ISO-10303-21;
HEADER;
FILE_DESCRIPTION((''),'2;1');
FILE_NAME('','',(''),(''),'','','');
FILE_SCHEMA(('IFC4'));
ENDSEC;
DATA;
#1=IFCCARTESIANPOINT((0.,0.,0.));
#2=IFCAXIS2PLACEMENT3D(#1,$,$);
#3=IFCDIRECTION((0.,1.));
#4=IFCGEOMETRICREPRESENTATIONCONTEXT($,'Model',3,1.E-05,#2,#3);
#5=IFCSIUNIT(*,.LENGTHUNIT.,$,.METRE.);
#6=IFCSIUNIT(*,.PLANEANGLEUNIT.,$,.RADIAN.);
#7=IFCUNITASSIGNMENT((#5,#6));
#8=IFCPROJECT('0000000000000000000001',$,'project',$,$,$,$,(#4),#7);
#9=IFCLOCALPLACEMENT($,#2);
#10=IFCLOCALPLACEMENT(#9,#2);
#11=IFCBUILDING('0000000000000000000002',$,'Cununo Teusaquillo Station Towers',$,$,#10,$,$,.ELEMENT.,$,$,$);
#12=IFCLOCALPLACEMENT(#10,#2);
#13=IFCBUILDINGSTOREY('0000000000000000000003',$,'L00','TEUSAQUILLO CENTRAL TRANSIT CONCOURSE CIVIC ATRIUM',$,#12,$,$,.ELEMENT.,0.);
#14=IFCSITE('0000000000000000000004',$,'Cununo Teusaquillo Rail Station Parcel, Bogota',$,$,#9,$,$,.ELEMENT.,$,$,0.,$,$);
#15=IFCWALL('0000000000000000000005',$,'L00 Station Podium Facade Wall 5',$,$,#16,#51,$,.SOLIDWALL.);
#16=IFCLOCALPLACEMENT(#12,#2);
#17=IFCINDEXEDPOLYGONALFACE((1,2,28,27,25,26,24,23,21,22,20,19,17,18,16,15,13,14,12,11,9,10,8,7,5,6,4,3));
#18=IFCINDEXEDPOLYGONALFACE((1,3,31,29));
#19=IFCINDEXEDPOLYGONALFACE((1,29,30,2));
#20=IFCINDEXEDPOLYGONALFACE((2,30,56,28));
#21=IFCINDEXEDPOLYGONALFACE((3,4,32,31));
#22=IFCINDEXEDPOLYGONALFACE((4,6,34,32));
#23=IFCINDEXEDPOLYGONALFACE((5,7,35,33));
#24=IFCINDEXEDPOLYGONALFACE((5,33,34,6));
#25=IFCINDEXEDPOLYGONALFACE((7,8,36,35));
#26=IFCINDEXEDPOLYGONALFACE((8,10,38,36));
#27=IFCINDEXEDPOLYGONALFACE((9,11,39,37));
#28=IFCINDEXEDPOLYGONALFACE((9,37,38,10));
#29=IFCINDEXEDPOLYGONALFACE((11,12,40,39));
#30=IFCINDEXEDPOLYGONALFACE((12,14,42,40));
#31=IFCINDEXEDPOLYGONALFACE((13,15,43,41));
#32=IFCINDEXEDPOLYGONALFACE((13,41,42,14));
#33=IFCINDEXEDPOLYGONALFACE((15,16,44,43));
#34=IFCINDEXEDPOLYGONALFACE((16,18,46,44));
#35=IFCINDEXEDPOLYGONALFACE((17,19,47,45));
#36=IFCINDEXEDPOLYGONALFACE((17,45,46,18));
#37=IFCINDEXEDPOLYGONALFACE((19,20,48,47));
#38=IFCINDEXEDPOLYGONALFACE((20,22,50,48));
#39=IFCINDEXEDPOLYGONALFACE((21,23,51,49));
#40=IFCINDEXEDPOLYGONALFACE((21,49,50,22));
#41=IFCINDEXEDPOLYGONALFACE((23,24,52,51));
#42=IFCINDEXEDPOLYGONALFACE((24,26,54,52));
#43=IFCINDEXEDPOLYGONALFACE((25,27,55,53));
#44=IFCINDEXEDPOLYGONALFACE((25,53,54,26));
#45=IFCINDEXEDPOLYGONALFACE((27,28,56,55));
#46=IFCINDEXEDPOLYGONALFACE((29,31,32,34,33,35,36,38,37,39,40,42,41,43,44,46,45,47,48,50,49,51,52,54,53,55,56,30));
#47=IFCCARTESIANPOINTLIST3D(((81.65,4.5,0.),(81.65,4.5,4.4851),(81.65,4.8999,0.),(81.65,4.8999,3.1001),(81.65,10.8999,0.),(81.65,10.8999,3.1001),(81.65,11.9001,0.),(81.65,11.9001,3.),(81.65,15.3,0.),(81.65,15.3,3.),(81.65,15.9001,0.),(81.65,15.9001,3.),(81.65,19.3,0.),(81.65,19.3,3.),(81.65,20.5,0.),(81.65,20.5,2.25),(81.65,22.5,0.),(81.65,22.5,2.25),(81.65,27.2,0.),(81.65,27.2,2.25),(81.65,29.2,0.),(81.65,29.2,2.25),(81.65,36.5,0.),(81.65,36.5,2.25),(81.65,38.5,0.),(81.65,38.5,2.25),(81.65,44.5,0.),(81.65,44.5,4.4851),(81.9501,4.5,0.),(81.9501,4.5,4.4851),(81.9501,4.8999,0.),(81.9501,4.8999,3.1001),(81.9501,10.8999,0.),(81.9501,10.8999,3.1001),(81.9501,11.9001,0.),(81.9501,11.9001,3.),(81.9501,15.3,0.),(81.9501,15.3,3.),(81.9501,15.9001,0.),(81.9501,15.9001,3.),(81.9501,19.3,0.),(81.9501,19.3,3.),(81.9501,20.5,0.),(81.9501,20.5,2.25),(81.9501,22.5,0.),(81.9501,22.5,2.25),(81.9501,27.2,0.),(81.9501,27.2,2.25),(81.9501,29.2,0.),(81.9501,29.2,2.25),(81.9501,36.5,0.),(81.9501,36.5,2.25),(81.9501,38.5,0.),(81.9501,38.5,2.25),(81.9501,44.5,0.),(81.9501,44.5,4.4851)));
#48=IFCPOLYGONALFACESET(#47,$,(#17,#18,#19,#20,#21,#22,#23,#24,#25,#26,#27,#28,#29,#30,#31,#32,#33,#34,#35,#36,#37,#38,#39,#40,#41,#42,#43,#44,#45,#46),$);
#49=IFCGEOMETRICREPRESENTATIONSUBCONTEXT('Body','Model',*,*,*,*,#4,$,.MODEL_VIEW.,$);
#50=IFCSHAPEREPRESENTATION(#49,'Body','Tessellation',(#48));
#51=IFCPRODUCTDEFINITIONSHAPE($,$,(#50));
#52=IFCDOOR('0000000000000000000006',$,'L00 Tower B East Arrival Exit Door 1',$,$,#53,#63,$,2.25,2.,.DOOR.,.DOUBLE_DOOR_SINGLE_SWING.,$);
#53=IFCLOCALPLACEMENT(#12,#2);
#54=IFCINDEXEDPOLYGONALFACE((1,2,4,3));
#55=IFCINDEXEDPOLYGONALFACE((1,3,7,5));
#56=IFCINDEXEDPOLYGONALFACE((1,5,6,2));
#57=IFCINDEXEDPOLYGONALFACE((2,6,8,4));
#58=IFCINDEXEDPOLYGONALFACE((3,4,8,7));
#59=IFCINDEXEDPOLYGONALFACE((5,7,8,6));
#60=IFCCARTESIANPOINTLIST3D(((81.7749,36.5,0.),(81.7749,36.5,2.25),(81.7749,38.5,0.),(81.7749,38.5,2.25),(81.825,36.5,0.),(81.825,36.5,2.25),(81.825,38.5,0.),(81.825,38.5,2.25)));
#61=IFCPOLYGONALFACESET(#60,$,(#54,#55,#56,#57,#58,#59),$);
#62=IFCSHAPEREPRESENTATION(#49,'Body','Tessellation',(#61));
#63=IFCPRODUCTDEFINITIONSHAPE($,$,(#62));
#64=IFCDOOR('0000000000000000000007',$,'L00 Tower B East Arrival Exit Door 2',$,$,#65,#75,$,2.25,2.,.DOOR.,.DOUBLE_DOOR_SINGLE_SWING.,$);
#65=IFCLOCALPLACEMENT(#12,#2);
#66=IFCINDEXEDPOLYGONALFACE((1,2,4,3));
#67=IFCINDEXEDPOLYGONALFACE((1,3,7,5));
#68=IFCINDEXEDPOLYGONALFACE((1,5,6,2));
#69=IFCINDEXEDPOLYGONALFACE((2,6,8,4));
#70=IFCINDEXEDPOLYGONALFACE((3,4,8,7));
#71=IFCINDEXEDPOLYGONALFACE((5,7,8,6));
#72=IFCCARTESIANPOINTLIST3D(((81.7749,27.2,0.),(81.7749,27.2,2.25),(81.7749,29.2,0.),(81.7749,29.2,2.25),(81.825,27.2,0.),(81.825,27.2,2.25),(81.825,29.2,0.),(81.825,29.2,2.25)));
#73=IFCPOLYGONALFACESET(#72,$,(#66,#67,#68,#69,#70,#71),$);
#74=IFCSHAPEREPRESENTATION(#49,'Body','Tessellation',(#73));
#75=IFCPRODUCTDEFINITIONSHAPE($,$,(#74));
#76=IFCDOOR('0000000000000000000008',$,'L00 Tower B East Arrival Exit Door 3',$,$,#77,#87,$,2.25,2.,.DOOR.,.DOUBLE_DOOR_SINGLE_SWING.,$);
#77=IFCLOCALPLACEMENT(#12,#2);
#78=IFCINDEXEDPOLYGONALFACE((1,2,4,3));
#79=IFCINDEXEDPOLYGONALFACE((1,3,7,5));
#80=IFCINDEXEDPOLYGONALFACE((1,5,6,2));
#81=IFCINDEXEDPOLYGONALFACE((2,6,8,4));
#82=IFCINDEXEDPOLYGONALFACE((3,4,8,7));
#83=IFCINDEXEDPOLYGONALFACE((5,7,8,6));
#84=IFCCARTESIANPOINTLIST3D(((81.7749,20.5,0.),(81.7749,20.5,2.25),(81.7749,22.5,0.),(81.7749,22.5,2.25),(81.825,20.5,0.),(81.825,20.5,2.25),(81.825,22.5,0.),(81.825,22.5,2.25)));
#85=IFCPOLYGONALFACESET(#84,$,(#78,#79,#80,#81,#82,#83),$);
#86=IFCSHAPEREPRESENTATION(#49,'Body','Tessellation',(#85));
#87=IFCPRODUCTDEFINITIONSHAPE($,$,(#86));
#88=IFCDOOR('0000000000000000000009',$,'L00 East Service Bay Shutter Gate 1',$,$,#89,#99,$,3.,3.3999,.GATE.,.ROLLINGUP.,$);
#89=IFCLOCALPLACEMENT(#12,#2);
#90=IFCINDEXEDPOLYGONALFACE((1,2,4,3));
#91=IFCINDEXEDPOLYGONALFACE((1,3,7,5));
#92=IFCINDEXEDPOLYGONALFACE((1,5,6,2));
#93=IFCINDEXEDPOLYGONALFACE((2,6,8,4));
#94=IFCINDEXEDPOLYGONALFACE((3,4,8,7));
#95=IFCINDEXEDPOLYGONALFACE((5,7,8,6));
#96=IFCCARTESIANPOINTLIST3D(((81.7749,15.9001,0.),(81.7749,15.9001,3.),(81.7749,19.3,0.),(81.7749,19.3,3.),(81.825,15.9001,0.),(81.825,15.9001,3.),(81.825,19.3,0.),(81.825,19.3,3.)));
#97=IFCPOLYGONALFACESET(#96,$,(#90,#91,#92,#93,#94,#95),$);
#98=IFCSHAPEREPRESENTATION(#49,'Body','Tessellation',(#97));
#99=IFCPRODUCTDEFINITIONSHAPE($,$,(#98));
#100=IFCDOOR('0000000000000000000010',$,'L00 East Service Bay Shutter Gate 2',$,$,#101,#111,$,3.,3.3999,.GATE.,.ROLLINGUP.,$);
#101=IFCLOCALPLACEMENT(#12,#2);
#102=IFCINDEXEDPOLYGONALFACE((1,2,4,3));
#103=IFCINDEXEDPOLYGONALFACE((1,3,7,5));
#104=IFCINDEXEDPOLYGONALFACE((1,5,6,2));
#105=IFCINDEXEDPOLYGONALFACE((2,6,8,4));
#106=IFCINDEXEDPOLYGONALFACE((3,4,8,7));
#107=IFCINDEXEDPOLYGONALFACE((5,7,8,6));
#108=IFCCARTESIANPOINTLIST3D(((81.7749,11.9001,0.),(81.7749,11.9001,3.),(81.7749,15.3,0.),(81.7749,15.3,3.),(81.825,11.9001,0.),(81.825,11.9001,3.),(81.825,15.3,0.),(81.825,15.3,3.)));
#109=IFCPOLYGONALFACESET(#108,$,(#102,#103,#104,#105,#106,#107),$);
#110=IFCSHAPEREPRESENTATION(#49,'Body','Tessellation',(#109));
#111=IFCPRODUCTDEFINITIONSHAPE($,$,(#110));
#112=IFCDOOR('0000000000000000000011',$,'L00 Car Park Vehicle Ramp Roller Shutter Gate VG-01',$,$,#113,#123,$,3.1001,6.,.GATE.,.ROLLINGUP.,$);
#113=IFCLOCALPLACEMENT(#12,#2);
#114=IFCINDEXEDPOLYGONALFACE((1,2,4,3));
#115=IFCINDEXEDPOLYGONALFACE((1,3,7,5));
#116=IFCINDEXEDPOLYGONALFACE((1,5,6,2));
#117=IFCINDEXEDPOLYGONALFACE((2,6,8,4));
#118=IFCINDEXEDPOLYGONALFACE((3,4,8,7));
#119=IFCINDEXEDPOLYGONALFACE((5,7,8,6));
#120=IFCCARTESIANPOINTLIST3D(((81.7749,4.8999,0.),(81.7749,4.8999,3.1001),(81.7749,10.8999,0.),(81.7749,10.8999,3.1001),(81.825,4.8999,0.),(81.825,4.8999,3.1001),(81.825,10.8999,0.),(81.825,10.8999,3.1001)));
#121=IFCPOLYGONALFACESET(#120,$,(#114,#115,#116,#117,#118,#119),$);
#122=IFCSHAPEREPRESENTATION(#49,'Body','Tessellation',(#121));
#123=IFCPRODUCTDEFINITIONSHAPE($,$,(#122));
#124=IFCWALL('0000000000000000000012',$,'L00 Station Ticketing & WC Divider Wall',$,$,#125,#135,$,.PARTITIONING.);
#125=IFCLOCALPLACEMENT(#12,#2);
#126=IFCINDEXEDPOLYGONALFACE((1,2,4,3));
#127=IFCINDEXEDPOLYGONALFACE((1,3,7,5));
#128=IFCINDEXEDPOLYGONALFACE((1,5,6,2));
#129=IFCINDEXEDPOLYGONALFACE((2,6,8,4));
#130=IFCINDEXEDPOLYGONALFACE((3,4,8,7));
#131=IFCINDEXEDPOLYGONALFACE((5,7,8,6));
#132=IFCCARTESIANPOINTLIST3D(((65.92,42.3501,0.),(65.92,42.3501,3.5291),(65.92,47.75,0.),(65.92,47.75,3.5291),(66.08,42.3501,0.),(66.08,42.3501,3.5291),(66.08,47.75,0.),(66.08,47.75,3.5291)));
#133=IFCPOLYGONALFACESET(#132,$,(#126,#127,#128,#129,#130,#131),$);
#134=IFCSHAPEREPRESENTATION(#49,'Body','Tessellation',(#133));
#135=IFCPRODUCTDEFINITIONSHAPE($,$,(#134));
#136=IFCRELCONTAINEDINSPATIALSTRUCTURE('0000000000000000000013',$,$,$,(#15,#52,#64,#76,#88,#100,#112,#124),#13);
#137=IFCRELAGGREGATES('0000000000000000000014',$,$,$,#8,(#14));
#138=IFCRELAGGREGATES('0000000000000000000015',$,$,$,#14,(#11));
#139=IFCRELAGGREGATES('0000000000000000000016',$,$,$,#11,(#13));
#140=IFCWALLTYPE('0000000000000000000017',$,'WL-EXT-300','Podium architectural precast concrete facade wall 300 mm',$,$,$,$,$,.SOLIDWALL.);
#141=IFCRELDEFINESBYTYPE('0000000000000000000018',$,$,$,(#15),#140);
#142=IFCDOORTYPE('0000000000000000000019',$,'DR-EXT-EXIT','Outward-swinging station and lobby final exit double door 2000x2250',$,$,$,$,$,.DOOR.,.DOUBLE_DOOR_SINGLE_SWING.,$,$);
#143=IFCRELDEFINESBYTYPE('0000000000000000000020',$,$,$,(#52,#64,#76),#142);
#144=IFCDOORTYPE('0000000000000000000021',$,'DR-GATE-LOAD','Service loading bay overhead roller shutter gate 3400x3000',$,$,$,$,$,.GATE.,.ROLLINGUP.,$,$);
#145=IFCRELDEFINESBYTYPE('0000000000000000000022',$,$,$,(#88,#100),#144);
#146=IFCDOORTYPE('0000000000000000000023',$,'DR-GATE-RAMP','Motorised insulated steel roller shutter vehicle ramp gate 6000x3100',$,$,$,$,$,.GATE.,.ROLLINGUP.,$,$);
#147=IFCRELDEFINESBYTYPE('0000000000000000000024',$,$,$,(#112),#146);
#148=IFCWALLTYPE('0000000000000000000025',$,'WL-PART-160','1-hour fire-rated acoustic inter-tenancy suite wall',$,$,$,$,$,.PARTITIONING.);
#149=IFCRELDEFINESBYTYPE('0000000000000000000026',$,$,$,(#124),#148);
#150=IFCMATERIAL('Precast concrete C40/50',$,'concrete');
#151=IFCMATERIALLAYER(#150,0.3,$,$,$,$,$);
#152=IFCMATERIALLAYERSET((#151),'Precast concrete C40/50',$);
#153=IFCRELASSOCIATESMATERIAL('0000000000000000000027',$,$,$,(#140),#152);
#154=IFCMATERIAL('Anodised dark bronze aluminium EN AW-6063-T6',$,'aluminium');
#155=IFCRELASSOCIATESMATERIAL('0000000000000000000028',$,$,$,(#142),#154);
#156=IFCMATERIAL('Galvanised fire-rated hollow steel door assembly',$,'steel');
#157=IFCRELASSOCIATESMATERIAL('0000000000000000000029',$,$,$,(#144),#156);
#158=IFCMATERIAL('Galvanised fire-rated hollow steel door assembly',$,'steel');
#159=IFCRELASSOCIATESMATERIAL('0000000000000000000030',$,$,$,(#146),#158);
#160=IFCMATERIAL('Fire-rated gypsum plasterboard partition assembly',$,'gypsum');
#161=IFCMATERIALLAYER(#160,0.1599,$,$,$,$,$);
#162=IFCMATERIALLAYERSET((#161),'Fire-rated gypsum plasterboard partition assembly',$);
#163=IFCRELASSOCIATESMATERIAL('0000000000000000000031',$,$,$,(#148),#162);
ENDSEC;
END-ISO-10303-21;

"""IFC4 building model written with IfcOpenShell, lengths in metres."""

from ifc_helpers import new_model, si_unit, direction, frame, frame_2d, origin, place, context, subcontext, project, spatial, rectangle, extrude, source, transform, mapped, material, layer, layer_set, type_object, element, fill, save


model = new_model("IFC4")

# Units and contexts
model_context = context("Model", 3, precision=1e-05, world=origin(), true_north=direction((0.0, 1.0)))
body_context = subcontext(model_context, "Body", "Model", "MODEL_VIEW")
ifc_project = project(units=[si_unit("LENGTHUNIT", "METRE"), si_unit("PLANEANGLEUNIT", "RADIAN")], contexts=[model_context])

# Site, building, storey
site_placement = place(None, origin())
site = spatial("IfcSite", under=ifc_project, at=site_placement, Name="Cununo Teusaquillo Rail Station Parcel, Bogota", CompositionType="ELEMENT", RefElevation=0.0)
building_placement = place(site_placement, origin())
building = spatial("IfcBuilding", under=site, at=building_placement, Name="Cununo Teusaquillo Station Towers", CompositionType="ELEMENT")
storey_placement = place(building_placement, origin())
storey = spatial("IfcBuildingStorey", under=building, at=storey_placement, Name="L00", Description="TEUSAQUILLO CENTRAL TRANSIT CONCOURSE CIVIC ATRIUM", CompositionType="ELEMENT", Elevation=0.0)

# Shared definitions
ifc_material_1 = material(Name="Precast concrete C40/50", Category="concrete")
ifc_layer_1 = layer(ifc_material_1, 0.3)
ifc_layer_set_1 = layer_set([ifc_layer_1], Name="Precast concrete C40/50")
wall_type_1 = type_object("IfcWallType", Name="WL-EXT-300", Description="Podium architectural precast concrete facade wall 300 mm", PredefinedType="SOLIDWALL", material=ifc_layer_set_1)

# Wall, openings, doors
wall_1_placement = place(storey_placement, frame((81.8, 44.5, 0.0), z_axis=(0.0, 0.0, 1.0), x_axis=(0.0, -1.0, 0.0)))
wall_1 = element("IfcWall", 1, at=wall_1_placement, inside=storey, type_object=wall_type_1, Name="L00 Station Podium Facade Wall 5", PredefinedType="SOLIDWALL", context=body_context, shape_type="SweptSolid", body=[
    extrude(rectangle(XDim=40.0, YDim=0.3, at=frame_2d((20.0, 0.0))), origin(), (0.0, 0.0, 1.0), 4.4851),
])
shared_shape_1 = source(origin(), body_context, "Body", "SweptSolid", [
    extrude(rectangle(XDim=6.0, YDim=3.1001, at=frame_2d((3.0, 1.55))), frame((0.0, 0.1599, 0.0), z_axis=(0.0, -1.0, 0.0), x_axis=(1.0, 0.0, 0.0)), (0.0, 0.0, 1.0), 0.3201),
])
opening_1_placement = place(wall_1_placement, frame((33.6001, 0.0, 0.0)))
opening_1 = element("IfcOpeningElement", 2, at=opening_1_placement, cuts=wall_1, PredefinedType="OPENING", context=body_context, shape_type="MappedRepresentation", body=[
    mapped(shared_shape_1, transform((0.0, 0.0, 0.0), x_axis=(1.0, 0.0, 0.0), y_axis=(0.0, 1.0, 0.0), z_axis=(0.0, 0.0, 1.0), scale=1.0)),
])
shared_shape_2 = source(origin(), body_context, "Body", "SweptSolid", [
    extrude(rectangle(XDim=3.3999, YDim=3.0, at=frame_2d((1.7, 1.5))), frame((0.0, 0.1599, 0.0), z_axis=(0.0, -1.0, 0.0), x_axis=(1.0, 0.0, 0.0)), (0.0, 0.0, 1.0), 0.3201),
])
opening_2_placement = place(wall_1_placement, frame((25.2, 0.0, 0.0)))
opening_2 = element("IfcOpeningElement", 3, at=opening_2_placement, cuts=wall_1, PredefinedType="OPENING", context=body_context, shape_type="MappedRepresentation", body=[
    mapped(shared_shape_2, transform((0.0, 0.0, 0.0), x_axis=(1.0, 0.0, 0.0), y_axis=(0.0, 1.0, 0.0), z_axis=(0.0, 0.0, 1.0), scale=1.0)),
])
opening_3_placement = place(wall_1_placement, frame((29.2, 0.0, 0.0)))
opening_3 = element("IfcOpeningElement", 4, at=opening_3_placement, cuts=wall_1, PredefinedType="OPENING", context=body_context, shape_type="MappedRepresentation", body=[
    mapped(shared_shape_2, transform((0.0, 0.0, 0.0), x_axis=(1.0, 0.0, 0.0), y_axis=(0.0, 1.0, 0.0), z_axis=(0.0, 0.0, 1.0), scale=1.0)),
])
shared_shape_3 = source(origin(), body_context, "Body", "SweptSolid", [
    extrude(rectangle(XDim=2.0, YDim=2.25, at=frame_2d((1.0, 1.125))), frame((0.0, 0.1599, 0.0), z_axis=(0.0, -1.0, 0.0), x_axis=(1.0, 0.0, 0.0)), (0.0, 0.0, 1.0), 0.3201),
])
opening_4_placement = place(wall_1_placement, frame((6.0, 0.0, 0.0)))
opening_4 = element("IfcOpeningElement", 5, at=opening_4_placement, cuts=wall_1, PredefinedType="OPENING", context=body_context, shape_type="MappedRepresentation", body=[
    mapped(shared_shape_3, transform((0.0, 0.0, 0.0), x_axis=(1.0, 0.0, 0.0), y_axis=(0.0, 1.0, 0.0), z_axis=(0.0, 0.0, 1.0), scale=1.0)),
])
opening_5_placement = place(wall_1_placement, frame((15.3, 0.0, 0.0)))
opening_5 = element("IfcOpeningElement", 6, at=opening_5_placement, cuts=wall_1, PredefinedType="OPENING", context=body_context, shape_type="MappedRepresentation", body=[
    mapped(shared_shape_3, transform((0.0, 0.0, 0.0), x_axis=(1.0, 0.0, 0.0), y_axis=(0.0, 1.0, 0.0), z_axis=(0.0, 0.0, 1.0), scale=1.0)),
])
opening_6_placement = place(wall_1_placement, frame((22.0, 0.0, 0.0)))
opening_6 = element("IfcOpeningElement", 7, at=opening_6_placement, cuts=wall_1, PredefinedType="OPENING", context=body_context, shape_type="MappedRepresentation", body=[
    mapped(shared_shape_3, transform((0.0, 0.0, 0.0), x_axis=(1.0, 0.0, 0.0), y_axis=(0.0, 1.0, 0.0), z_axis=(0.0, 0.0, 1.0), scale=1.0)),
])
ifc_material_2 = material(Name="Anodised dark bronze aluminium EN AW-6063-T6", Category="aluminium")
door_type_1 = type_object("IfcDoorType", Name="DR-EXT-EXIT", Description="Outward-swinging station and lobby final exit double door 2000x2250", OperationType="DOUBLE_DOOR_SINGLE_SWING", PredefinedType="DOOR", material=ifc_material_2)
shared_shape_4 = source(origin(), body_context, "Body", "SweptSolid", [
    extrude(rectangle(XDim=2.0, YDim=2.25, at=frame_2d((1.0, 1.125))), frame((0.0, 0.0249, 0.0), z_axis=(0.0, -1.0, 0.0), x_axis=(1.0, 0.0, 0.0)), (0.0, 0.0, 1.0), 0.05),
])
door_1_placement = place(opening_4_placement, origin())
door_1 = element("IfcDoor", 8, at=door_1_placement, inside=storey, type_object=door_type_1, Name="L00 Tower B East Arrival Exit Door 1", OperationType="DOUBLE_DOOR_SINGLE_SWING", OverallHeight=2.25, OverallWidth=2.0, PredefinedType="DOOR", context=body_context, shape_type="MappedRepresentation", body=[
    mapped(shared_shape_4, transform((0.0, 0.0, 0.0), x_axis=(1.0, 0.0, 0.0), y_axis=(0.0, 1.0, 0.0), z_axis=(0.0, 0.0, 1.0), scale=1.0)),
])
fill(opening_4, door_1)
door_2_placement = place(opening_5_placement, origin())
door_2 = element("IfcDoor", 9, at=door_2_placement, inside=storey, type_object=door_type_1, Name="L00 Tower B East Arrival Exit Door 2", OperationType="DOUBLE_DOOR_SINGLE_SWING", OverallHeight=2.25, OverallWidth=2.0, PredefinedType="DOOR", context=body_context, shape_type="MappedRepresentation", body=[
    mapped(shared_shape_4, transform((0.0, 0.0, 0.0), x_axis=(1.0, 0.0, 0.0), y_axis=(0.0, 1.0, 0.0), z_axis=(0.0, 0.0, 1.0), scale=1.0)),
])
fill(opening_5, door_2)
door_3_placement = place(opening_6_placement, origin())
door_3 = element("IfcDoor", 10, at=door_3_placement, inside=storey, type_object=door_type_1, Name="L00 Tower B East Arrival Exit Door 3", OperationType="DOUBLE_DOOR_SINGLE_SWING", OverallHeight=2.25, OverallWidth=2.0, PredefinedType="DOOR", context=body_context, shape_type="MappedRepresentation", body=[
    mapped(shared_shape_4, transform((0.0, 0.0, 0.0), x_axis=(1.0, 0.0, 0.0), y_axis=(0.0, 1.0, 0.0), z_axis=(0.0, 0.0, 1.0), scale=1.0)),
])
fill(opening_6, door_3)
ifc_material_3 = material(Name="Galvanised fire-rated hollow steel door assembly", Category="steel")
door_type_2 = type_object("IfcDoorType", Name="DR-GATE-LOAD", Description="Service loading bay overhead roller shutter gate 3400x3000", OperationType="ROLLINGUP", PredefinedType="GATE", material=ifc_material_3)
shared_shape_5 = source(origin(), body_context, "Body", "SweptSolid", [
    extrude(rectangle(XDim=3.3999, YDim=3.0, at=frame_2d((1.7, 1.5))), frame((0.0, 0.0249, 0.0), z_axis=(0.0, -1.0, 0.0), x_axis=(1.0, 0.0, 0.0)), (0.0, 0.0, 1.0), 0.05),
])
door_4_placement = place(opening_2_placement, origin())
door_4 = element("IfcDoor", 11, at=door_4_placement, inside=storey, type_object=door_type_2, Name="L00 East Service Bay Shutter Gate 1", OperationType="ROLLINGUP", OverallHeight=3.0, OverallWidth=3.3999, PredefinedType="GATE", context=body_context, shape_type="MappedRepresentation", body=[
    mapped(shared_shape_5, transform((0.0, 0.0, 0.0), x_axis=(1.0, 0.0, 0.0), y_axis=(0.0, 1.0, 0.0), z_axis=(0.0, 0.0, 1.0), scale=1.0)),
])
fill(opening_2, door_4)
door_5_placement = place(opening_3_placement, origin())
door_5 = element("IfcDoor", 12, at=door_5_placement, inside=storey, type_object=door_type_2, Name="L00 East Service Bay Shutter Gate 2", OperationType="ROLLINGUP", OverallHeight=3.0, OverallWidth=3.3999, PredefinedType="GATE", context=body_context, shape_type="MappedRepresentation", body=[
    mapped(shared_shape_5, transform((0.0, 0.0, 0.0), x_axis=(1.0, 0.0, 0.0), y_axis=(0.0, 1.0, 0.0), z_axis=(0.0, 0.0, 1.0), scale=1.0)),
])
fill(opening_3, door_5)
ifc_material_4 = material(Name="Galvanised fire-rated hollow steel door assembly", Category="steel")
door_type_3 = type_object("IfcDoorType", Name="DR-GATE-RAMP", Description="Motorised insulated steel roller shutter vehicle ramp gate 6000x3100", OperationType="ROLLINGUP", PredefinedType="GATE", material=ifc_material_4)
shared_shape_6 = source(origin(), body_context, "Body", "SweptSolid", [
    extrude(rectangle(XDim=6.0, YDim=3.1001, at=frame_2d((3.0, 1.55))), frame((0.0, 0.0249, 0.0), z_axis=(0.0, -1.0, 0.0), x_axis=(1.0, 0.0, 0.0)), (0.0, 0.0, 1.0), 0.05),
])
door_6_placement = place(opening_1_placement, origin())
door_6 = element("IfcDoor", 13, at=door_6_placement, inside=storey, type_object=door_type_3, Name="L00 Car Park Vehicle Ramp Roller Shutter Gate VG-01", OperationType="ROLLINGUP", OverallHeight=3.1001, OverallWidth=6.0, PredefinedType="GATE", context=body_context, shape_type="MappedRepresentation", body=[
    mapped(shared_shape_6, transform((0.0, 0.0, 0.0), x_axis=(1.0, 0.0, 0.0), y_axis=(0.0, 1.0, 0.0), z_axis=(0.0, 0.0, 1.0), scale=1.0)),
])
fill(opening_1, door_6)

# Wall
ifc_material_5 = material(Name="Fire-rated gypsum plasterboard partition assembly", Category="gypsum")
ifc_layer_2 = layer(ifc_material_5, 0.1599)
ifc_layer_set_2 = layer_set([ifc_layer_2], Name="Fire-rated gypsum plasterboard partition assembly")
wall_type_2 = type_object("IfcWallType", Name="WL-PART-160", Description="1-hour fire-rated acoustic inter-tenancy suite wall", PredefinedType="PARTITIONING", material=ifc_layer_set_2)
wall_2_placement = place(storey_placement, frame((66.0, 42.3501, 0.0), z_axis=(0.0, 0.0, 1.0), x_axis=(0.0, 1.0, 0.0)))
element("IfcWall", 14, at=wall_2_placement, inside=storey, type_object=wall_type_2, Name="L00 Station Ticketing & WC Divider Wall", PredefinedType="PARTITIONING", context=body_context, shape_type="SweptSolid", body=[
    extrude(rectangle(XDim=5.3999, YDim=0.1599, at=frame_2d((2.7, 0.0))), origin(), (0.0, 0.0, 1.0), 3.5291),
])

save(model, "model.ifc")
